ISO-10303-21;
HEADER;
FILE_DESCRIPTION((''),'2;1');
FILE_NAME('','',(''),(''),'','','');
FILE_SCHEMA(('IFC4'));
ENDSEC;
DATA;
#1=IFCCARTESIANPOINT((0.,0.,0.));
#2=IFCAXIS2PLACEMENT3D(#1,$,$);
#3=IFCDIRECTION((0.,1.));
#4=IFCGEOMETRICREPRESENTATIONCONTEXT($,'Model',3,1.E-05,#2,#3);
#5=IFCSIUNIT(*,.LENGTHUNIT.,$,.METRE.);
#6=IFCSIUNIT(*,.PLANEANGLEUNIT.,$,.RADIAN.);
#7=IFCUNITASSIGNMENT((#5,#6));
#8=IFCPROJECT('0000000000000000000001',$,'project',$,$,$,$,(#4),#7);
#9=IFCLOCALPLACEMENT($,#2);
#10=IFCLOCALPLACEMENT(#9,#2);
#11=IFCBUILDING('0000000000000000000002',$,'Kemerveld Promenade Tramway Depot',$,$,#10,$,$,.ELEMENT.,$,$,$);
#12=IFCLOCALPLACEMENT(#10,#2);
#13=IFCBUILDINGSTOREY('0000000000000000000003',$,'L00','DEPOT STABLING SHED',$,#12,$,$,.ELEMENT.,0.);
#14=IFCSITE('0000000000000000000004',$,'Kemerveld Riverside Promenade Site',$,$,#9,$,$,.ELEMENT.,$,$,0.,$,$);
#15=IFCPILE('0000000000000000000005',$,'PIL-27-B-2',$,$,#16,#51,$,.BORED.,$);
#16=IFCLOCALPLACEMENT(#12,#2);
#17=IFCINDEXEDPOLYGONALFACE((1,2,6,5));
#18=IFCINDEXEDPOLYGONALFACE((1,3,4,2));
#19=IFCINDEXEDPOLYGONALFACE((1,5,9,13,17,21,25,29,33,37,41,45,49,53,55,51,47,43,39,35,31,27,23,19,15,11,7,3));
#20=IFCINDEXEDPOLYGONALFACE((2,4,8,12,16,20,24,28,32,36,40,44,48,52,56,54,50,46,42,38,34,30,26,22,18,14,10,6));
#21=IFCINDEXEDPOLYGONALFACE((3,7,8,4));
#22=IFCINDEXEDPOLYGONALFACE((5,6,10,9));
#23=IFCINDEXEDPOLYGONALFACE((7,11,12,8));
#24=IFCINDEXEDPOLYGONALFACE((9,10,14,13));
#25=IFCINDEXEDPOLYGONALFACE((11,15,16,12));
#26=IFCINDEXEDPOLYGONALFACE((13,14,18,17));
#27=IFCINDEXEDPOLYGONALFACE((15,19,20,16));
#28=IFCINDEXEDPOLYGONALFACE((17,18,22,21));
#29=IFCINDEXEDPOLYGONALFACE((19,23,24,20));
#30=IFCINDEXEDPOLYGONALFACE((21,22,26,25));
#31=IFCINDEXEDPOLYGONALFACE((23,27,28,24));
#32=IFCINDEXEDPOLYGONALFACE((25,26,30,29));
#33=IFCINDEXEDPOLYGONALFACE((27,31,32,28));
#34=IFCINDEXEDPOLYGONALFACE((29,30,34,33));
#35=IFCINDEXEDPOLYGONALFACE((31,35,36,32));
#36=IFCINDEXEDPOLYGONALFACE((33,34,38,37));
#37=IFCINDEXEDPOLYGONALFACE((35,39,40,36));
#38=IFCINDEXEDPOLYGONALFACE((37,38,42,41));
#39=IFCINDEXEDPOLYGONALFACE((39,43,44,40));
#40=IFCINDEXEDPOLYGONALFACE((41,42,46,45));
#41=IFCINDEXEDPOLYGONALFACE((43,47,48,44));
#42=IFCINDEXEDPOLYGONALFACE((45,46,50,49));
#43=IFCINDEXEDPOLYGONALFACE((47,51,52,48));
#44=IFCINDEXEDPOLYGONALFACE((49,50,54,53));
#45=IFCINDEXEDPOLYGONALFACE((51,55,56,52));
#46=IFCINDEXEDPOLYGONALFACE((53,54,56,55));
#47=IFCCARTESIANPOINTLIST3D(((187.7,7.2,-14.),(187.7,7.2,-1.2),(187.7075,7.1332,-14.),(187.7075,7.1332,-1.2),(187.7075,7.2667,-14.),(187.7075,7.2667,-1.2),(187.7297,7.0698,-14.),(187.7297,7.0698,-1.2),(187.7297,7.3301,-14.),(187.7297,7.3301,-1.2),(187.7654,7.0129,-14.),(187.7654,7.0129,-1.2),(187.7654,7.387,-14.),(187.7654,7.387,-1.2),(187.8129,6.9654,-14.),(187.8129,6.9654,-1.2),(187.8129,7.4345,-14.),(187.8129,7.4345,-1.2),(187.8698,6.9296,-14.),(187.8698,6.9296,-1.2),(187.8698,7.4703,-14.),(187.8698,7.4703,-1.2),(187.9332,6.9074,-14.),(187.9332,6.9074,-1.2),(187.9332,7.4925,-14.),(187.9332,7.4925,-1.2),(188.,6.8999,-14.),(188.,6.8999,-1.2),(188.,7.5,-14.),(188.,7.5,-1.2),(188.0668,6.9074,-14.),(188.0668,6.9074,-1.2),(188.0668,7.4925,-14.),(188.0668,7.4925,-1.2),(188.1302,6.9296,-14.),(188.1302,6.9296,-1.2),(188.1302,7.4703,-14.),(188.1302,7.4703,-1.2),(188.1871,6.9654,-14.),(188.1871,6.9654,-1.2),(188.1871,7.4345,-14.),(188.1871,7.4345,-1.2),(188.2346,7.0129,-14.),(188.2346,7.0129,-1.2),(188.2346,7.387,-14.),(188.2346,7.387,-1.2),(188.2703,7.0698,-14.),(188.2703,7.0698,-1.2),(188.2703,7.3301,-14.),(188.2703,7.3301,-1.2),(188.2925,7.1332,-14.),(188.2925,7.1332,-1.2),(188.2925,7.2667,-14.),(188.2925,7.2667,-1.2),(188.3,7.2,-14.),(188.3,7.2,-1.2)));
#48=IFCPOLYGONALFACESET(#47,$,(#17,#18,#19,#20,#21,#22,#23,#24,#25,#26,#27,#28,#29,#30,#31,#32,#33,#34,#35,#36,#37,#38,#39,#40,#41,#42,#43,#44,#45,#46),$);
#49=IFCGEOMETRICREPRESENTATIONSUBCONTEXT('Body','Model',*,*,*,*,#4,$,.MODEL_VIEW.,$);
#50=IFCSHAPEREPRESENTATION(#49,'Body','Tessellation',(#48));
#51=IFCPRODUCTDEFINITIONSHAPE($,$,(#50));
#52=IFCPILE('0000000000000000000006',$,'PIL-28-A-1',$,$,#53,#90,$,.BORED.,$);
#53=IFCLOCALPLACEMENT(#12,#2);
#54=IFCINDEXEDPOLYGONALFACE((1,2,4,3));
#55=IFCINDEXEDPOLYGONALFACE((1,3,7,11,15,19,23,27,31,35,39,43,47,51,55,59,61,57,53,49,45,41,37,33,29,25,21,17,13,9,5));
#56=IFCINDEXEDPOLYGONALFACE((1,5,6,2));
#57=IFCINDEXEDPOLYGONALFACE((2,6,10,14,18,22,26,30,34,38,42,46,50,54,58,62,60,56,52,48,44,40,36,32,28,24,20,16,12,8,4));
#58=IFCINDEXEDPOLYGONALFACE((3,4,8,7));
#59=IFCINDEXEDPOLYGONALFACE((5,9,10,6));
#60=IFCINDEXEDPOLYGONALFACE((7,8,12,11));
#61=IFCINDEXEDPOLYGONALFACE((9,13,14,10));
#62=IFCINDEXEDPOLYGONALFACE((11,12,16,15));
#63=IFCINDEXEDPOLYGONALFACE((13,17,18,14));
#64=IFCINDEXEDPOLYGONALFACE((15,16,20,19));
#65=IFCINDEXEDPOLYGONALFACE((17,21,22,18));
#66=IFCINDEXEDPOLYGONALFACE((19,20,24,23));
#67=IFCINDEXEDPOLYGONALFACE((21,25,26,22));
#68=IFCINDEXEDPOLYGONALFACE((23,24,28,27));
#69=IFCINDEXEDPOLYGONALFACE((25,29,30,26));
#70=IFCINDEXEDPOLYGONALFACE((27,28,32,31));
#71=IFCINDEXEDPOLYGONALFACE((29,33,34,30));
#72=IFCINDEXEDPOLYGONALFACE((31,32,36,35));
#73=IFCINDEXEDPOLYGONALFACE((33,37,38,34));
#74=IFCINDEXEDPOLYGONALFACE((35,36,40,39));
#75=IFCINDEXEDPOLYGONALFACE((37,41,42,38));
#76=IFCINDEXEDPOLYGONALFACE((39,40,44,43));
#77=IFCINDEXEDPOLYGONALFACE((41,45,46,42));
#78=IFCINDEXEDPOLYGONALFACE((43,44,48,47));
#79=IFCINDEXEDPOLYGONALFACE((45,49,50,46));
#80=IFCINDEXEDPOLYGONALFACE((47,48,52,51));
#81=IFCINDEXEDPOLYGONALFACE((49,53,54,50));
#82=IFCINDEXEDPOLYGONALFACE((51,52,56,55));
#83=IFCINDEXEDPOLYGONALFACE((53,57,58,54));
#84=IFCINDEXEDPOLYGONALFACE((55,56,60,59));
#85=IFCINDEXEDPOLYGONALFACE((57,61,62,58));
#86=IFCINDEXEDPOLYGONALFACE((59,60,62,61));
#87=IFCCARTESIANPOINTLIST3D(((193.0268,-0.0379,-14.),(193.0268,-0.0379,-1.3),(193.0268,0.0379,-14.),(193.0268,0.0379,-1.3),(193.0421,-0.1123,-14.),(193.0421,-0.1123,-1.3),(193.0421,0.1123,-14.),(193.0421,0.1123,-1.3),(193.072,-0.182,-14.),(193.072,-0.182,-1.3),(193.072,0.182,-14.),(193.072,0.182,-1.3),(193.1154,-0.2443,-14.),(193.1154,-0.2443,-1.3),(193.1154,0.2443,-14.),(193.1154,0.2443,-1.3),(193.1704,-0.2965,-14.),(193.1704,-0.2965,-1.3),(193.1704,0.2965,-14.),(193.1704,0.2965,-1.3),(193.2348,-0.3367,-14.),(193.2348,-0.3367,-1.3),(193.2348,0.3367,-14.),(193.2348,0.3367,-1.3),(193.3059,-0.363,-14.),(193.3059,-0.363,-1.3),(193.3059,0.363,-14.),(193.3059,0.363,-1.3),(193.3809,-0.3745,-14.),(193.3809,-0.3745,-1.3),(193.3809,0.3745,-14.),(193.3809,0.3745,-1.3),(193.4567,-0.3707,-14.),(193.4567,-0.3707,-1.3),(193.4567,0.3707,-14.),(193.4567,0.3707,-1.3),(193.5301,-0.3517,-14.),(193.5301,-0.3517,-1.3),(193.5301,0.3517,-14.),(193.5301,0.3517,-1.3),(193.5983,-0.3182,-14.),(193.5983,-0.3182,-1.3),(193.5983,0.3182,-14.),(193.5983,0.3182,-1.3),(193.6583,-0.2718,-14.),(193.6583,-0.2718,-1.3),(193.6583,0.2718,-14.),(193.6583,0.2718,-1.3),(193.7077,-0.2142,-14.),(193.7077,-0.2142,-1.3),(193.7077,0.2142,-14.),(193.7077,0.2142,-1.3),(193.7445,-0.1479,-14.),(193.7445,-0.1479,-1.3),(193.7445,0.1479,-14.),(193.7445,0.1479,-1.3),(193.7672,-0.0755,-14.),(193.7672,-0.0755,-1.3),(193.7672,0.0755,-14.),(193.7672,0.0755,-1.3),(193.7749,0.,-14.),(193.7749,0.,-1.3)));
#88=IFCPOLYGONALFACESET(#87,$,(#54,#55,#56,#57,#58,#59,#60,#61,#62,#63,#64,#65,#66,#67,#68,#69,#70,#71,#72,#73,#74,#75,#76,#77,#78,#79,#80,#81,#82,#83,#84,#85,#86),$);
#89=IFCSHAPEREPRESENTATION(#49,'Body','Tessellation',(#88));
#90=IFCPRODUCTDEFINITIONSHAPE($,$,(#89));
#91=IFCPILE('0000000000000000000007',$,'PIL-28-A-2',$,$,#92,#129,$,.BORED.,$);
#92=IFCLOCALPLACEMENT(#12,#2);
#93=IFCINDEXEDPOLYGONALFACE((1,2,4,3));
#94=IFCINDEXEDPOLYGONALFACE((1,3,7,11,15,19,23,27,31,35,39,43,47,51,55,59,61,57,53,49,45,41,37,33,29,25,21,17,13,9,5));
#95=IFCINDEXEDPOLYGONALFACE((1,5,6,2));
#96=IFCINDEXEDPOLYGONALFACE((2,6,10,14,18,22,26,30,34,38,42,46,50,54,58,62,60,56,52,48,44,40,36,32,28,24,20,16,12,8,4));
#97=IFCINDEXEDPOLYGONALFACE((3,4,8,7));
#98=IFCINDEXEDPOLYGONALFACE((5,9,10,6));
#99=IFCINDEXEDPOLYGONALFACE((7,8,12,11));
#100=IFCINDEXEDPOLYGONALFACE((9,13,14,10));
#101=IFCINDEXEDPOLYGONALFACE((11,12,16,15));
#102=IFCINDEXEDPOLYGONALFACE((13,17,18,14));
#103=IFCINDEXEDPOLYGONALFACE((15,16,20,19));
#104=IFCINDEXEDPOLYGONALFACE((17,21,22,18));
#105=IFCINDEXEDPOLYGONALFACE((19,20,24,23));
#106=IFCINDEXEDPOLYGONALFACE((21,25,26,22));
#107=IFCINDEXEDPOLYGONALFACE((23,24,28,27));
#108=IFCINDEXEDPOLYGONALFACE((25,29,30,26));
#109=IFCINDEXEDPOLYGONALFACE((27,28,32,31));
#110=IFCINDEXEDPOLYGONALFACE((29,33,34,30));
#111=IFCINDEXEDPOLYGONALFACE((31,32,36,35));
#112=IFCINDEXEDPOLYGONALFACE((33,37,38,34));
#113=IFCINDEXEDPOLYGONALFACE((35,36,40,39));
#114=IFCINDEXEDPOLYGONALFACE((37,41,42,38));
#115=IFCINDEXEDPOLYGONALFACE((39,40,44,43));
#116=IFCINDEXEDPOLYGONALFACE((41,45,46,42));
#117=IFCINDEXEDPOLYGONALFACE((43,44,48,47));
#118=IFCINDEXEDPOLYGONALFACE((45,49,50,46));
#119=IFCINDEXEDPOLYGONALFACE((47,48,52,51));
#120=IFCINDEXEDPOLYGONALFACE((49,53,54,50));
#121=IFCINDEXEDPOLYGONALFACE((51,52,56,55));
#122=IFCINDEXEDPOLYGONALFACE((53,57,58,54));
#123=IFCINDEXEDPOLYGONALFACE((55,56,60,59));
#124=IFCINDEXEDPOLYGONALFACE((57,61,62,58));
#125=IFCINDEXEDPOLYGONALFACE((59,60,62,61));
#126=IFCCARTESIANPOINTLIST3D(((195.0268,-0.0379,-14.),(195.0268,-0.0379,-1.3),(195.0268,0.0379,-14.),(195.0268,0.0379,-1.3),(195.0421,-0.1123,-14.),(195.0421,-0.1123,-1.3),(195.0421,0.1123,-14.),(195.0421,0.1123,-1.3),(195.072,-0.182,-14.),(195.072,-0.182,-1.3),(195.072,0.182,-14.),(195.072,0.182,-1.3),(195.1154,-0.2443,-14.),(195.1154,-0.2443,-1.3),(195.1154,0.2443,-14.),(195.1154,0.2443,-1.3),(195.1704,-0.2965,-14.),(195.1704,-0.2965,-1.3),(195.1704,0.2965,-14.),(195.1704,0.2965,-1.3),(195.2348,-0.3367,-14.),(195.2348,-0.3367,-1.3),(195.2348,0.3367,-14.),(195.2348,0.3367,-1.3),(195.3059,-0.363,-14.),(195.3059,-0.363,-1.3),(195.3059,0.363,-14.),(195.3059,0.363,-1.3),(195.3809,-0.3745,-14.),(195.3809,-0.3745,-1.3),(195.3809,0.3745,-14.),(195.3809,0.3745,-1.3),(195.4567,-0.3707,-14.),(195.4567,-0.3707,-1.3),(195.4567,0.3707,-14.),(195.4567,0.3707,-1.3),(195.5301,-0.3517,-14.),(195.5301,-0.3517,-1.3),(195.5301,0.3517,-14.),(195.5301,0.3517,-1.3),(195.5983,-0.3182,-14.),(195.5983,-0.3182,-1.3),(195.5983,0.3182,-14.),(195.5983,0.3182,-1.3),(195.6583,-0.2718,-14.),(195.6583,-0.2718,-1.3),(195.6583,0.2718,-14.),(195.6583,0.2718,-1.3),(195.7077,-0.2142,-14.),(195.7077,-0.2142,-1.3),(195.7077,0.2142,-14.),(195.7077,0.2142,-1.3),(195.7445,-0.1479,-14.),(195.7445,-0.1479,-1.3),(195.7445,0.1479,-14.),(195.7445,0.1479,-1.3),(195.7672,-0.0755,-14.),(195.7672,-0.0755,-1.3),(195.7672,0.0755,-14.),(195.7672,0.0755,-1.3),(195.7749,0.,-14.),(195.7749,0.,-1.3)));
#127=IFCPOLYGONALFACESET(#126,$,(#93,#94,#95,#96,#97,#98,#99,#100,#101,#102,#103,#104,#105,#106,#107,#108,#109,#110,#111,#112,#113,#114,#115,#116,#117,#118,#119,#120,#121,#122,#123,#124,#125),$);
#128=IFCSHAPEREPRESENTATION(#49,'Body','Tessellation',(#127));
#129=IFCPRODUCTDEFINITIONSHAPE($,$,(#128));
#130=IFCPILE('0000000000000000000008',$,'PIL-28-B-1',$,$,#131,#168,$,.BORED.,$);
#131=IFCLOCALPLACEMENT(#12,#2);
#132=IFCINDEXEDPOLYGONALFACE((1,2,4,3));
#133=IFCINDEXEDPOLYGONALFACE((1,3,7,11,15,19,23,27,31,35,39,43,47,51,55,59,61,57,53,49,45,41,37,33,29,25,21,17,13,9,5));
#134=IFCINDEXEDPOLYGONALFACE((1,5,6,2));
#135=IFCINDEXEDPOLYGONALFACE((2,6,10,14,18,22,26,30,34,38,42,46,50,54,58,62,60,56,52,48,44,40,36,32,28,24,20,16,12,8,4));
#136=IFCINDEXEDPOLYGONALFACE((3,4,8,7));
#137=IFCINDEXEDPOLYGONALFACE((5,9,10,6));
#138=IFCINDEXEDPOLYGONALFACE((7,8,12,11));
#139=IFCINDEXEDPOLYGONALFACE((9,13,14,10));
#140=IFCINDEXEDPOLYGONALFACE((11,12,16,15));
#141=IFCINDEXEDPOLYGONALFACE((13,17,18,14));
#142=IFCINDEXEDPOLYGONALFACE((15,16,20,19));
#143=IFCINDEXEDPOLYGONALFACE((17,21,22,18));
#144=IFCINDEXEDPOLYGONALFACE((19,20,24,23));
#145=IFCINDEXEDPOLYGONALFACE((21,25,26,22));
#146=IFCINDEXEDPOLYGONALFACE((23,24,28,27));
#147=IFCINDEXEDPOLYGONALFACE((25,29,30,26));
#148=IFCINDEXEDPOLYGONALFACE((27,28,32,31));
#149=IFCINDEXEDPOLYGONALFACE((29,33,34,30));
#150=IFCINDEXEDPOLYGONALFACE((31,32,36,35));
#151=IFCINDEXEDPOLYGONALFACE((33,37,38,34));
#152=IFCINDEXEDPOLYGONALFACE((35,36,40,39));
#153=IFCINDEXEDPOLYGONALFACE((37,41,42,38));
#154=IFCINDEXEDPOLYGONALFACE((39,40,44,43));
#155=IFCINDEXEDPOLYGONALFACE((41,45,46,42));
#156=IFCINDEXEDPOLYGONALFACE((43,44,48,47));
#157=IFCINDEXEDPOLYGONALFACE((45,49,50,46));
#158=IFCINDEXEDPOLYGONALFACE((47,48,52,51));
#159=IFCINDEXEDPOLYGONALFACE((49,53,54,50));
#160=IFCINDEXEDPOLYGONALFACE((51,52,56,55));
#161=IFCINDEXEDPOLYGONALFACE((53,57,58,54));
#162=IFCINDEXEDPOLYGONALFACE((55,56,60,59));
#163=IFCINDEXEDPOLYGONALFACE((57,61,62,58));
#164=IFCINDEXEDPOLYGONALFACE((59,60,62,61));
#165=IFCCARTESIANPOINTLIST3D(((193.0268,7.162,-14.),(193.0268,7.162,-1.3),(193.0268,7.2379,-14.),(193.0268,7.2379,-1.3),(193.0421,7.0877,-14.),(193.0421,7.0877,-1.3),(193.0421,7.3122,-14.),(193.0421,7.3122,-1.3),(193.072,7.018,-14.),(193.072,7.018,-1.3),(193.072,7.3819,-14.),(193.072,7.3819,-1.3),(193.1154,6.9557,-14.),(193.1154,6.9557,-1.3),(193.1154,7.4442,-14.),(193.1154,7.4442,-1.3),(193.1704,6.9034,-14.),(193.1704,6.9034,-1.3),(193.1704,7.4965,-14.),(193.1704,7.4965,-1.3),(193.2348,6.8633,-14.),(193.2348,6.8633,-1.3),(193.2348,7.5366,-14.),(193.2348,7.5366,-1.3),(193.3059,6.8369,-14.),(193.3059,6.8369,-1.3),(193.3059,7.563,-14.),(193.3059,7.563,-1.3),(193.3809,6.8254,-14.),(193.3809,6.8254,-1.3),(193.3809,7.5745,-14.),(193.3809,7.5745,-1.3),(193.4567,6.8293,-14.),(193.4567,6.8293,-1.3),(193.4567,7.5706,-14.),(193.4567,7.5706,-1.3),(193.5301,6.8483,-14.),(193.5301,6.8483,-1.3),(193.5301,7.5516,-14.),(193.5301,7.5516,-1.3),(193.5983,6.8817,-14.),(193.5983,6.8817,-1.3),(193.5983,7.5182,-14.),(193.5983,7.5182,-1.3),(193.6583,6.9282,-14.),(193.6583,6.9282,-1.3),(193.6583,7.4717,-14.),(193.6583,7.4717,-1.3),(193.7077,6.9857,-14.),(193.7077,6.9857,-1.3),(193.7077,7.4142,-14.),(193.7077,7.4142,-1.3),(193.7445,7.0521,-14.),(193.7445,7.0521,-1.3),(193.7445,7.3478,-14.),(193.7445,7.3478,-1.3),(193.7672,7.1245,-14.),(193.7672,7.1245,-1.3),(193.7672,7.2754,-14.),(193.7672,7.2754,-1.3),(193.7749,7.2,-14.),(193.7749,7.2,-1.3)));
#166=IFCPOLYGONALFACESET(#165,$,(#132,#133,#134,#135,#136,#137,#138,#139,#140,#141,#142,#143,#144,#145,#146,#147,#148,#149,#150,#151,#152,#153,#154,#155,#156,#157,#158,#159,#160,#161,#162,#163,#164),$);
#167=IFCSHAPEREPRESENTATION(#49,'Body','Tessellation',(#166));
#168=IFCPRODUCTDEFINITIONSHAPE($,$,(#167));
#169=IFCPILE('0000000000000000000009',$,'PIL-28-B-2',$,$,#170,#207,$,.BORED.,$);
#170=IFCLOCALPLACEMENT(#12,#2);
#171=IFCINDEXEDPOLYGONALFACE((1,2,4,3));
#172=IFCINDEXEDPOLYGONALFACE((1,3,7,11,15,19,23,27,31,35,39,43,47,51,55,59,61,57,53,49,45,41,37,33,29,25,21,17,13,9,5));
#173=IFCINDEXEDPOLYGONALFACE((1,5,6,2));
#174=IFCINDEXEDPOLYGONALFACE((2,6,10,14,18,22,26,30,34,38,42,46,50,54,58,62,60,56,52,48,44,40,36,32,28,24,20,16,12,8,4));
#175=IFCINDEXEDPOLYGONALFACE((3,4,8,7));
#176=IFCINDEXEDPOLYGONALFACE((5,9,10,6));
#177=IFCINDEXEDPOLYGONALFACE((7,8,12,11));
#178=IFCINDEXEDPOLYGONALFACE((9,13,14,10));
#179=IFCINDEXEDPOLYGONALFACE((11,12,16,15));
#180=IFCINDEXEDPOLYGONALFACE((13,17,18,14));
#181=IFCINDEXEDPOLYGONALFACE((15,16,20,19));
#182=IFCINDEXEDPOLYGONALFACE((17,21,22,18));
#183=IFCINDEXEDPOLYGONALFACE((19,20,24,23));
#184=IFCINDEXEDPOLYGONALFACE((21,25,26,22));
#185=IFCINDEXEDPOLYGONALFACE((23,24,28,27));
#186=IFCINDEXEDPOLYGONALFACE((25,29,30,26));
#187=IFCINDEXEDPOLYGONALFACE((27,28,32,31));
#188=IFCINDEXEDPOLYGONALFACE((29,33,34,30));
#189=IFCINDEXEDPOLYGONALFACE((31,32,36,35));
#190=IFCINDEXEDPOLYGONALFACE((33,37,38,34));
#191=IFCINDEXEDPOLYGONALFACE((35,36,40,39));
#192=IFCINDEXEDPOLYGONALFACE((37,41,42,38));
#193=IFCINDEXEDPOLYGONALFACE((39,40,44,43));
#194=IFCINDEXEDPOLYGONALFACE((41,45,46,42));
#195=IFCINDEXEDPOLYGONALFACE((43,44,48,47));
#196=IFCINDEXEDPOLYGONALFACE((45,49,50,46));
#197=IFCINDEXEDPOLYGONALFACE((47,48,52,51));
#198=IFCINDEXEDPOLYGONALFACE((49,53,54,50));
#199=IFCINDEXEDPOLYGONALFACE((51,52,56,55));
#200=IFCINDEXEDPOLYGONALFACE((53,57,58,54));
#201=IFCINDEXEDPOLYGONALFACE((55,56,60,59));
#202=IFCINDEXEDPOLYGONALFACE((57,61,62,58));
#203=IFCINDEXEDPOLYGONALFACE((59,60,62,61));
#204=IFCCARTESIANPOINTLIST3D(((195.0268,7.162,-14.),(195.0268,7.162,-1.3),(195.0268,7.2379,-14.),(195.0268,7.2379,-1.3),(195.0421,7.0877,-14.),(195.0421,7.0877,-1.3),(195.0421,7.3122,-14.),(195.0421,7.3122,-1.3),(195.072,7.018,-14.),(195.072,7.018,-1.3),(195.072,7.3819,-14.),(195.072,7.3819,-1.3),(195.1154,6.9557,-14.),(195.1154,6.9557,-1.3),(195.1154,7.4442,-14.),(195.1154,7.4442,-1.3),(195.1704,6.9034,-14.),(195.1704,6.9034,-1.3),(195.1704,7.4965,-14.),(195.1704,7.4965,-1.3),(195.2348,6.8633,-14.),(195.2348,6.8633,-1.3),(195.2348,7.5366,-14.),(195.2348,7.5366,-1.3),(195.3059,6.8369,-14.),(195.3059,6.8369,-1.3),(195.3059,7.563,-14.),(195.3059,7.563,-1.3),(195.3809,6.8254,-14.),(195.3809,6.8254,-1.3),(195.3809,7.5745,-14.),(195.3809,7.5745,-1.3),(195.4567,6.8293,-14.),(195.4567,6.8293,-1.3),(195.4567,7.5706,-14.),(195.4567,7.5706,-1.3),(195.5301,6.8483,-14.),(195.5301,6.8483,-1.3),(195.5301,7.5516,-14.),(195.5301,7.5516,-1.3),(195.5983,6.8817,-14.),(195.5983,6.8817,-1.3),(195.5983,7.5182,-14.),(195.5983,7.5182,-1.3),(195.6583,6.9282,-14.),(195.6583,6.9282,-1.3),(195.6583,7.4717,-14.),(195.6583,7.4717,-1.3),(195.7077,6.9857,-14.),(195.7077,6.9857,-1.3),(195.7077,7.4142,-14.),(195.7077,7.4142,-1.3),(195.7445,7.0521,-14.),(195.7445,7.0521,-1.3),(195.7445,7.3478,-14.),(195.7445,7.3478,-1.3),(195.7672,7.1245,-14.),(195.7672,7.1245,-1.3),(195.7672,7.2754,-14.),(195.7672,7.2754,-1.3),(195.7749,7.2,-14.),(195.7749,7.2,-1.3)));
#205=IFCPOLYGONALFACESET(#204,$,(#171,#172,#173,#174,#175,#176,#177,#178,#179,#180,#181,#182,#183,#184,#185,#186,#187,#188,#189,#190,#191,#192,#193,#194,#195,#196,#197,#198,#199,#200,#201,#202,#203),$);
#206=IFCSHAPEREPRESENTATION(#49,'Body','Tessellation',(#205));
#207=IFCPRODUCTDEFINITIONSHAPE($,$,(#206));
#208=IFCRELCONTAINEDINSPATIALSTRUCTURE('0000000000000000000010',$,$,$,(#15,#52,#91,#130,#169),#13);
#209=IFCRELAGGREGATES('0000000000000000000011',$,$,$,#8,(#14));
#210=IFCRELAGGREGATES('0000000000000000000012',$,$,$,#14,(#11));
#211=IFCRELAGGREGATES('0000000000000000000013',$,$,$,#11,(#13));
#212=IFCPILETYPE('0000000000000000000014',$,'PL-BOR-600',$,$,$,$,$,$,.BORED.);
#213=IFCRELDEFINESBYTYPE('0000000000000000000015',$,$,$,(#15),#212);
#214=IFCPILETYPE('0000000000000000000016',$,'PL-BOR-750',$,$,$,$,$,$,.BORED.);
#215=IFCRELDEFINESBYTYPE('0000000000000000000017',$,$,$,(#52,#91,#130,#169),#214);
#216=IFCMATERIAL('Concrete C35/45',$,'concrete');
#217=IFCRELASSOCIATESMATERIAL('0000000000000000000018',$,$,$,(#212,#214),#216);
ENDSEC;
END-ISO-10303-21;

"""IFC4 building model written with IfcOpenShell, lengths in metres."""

from ifc_helpers import new_model, si_unit, direction, frame, origin, origin_2d, place, context, subcontext, project, spatial, circle, extrude, material, material_profile, profile_set, type_object, element, save


model = new_model("IFC4")

# Units and contexts
model_context = context("Model", 3, precision=1e-05, world=origin(), true_north=direction((0.0, 1.0)))
body_context = subcontext(model_context, "Body", "Model", "MODEL_VIEW")
ifc_project = project(units=[si_unit("LENGTHUNIT", "METRE"), si_unit("PLANEANGLEUNIT", "RADIAN")], contexts=[model_context])

# Site, building, storey
site_placement = place(None, origin())
site = spatial("IfcSite", under=ifc_project, at=site_placement, Name="Kemerveld Riverside Promenade Site", CompositionType="ELEMENT", RefElevation=0.0)
building_placement = place(site_placement, origin())
building = spatial("IfcBuilding", under=site, at=building_placement, Name="Kemerveld Promenade Tramway Depot", CompositionType="ELEMENT")
storey_placement = place(building_placement, origin())
storey = spatial("IfcBuildingStorey", under=building, at=storey_placement, Name="L00", Description="DEPOT STABLING SHED", CompositionType="ELEMENT", Elevation=0.0)

# Shared definitions
ifc_material_1 = material(Name="Concrete C35/45", Category="concrete")

# Piles
ifc_material_profile_1 = material_profile(ifc_material_1, circle(Radius=0.3, at=origin_2d()), Name="PILE-D600")
ifc_profile_set_1 = profile_set([ifc_material_profile_1], Name="Concrete C35/45")
pile_type_1 = type_object("IfcPileType", Name="PL-BOR-600", PredefinedType="BORED", material=ifc_profile_set_1)
for number, where, z_axis, x_axis, name in (
    (1, (188.0, 7.2, -1.2), (0.0, 0.0, -1.0), (1.0, 0.0, 0.0), "PIL-27-B-2"),
):
    element("IfcPile", number, at=place(storey_placement, frame(where, z_axis=z_axis, x_axis=x_axis)), inside=storey, type_object=pile_type_1, Name=name, PredefinedType="BORED", context=body_context, shape_type="SweptSolid", body=[
        extrude(circle(Radius=0.3, at=origin_2d()), origin(), (0.0, 0.0, 1.0), 12.8),
    ])
ifc_material_profile_2 = material_profile(ifc_material_1, circle(Radius=0.375, at=origin_2d()), Name="PILE-D750")
ifc_profile_set_2 = profile_set([ifc_material_profile_2], Name="Concrete C35/45")
pile_type_2 = type_object("IfcPileType", Name="PL-BOR-750", PredefinedType="BORED", material=ifc_profile_set_2)
for number, where, z_axis, x_axis, name in (
    (2, (193.3999, 0.0, -1.3), (0.0, 0.0, -1.0), (1.0, 0.0, 0.0), "PIL-28-A-1"),
    (3, (195.3999, 0.0, -1.3), (0.0, 0.0, -1.0), (1.0, 0.0, 0.0), "PIL-28-A-2"),
    (4, (193.3999, 7.2, -1.3), (0.0, 0.0, -1.0), (1.0, 0.0, 0.0), "PIL-28-B-1"),
    (5, (195.3999, 7.2, -1.3), (0.0, 0.0, -1.0), (1.0, 0.0, 0.0), "PIL-28-B-2"),
):
    element("IfcPile", number, at=place(storey_placement, frame(where, z_axis=z_axis, x_axis=x_axis)), inside=storey, type_object=pile_type_2, Name=name, PredefinedType="BORED", context=body_context, shape_type="SweptSolid", body=[
        extrude(circle(Radius=0.375, at=origin_2d()), origin(), (0.0, 0.0, 1.0), 12.7),
    ])

save(model, "model.ifc")
